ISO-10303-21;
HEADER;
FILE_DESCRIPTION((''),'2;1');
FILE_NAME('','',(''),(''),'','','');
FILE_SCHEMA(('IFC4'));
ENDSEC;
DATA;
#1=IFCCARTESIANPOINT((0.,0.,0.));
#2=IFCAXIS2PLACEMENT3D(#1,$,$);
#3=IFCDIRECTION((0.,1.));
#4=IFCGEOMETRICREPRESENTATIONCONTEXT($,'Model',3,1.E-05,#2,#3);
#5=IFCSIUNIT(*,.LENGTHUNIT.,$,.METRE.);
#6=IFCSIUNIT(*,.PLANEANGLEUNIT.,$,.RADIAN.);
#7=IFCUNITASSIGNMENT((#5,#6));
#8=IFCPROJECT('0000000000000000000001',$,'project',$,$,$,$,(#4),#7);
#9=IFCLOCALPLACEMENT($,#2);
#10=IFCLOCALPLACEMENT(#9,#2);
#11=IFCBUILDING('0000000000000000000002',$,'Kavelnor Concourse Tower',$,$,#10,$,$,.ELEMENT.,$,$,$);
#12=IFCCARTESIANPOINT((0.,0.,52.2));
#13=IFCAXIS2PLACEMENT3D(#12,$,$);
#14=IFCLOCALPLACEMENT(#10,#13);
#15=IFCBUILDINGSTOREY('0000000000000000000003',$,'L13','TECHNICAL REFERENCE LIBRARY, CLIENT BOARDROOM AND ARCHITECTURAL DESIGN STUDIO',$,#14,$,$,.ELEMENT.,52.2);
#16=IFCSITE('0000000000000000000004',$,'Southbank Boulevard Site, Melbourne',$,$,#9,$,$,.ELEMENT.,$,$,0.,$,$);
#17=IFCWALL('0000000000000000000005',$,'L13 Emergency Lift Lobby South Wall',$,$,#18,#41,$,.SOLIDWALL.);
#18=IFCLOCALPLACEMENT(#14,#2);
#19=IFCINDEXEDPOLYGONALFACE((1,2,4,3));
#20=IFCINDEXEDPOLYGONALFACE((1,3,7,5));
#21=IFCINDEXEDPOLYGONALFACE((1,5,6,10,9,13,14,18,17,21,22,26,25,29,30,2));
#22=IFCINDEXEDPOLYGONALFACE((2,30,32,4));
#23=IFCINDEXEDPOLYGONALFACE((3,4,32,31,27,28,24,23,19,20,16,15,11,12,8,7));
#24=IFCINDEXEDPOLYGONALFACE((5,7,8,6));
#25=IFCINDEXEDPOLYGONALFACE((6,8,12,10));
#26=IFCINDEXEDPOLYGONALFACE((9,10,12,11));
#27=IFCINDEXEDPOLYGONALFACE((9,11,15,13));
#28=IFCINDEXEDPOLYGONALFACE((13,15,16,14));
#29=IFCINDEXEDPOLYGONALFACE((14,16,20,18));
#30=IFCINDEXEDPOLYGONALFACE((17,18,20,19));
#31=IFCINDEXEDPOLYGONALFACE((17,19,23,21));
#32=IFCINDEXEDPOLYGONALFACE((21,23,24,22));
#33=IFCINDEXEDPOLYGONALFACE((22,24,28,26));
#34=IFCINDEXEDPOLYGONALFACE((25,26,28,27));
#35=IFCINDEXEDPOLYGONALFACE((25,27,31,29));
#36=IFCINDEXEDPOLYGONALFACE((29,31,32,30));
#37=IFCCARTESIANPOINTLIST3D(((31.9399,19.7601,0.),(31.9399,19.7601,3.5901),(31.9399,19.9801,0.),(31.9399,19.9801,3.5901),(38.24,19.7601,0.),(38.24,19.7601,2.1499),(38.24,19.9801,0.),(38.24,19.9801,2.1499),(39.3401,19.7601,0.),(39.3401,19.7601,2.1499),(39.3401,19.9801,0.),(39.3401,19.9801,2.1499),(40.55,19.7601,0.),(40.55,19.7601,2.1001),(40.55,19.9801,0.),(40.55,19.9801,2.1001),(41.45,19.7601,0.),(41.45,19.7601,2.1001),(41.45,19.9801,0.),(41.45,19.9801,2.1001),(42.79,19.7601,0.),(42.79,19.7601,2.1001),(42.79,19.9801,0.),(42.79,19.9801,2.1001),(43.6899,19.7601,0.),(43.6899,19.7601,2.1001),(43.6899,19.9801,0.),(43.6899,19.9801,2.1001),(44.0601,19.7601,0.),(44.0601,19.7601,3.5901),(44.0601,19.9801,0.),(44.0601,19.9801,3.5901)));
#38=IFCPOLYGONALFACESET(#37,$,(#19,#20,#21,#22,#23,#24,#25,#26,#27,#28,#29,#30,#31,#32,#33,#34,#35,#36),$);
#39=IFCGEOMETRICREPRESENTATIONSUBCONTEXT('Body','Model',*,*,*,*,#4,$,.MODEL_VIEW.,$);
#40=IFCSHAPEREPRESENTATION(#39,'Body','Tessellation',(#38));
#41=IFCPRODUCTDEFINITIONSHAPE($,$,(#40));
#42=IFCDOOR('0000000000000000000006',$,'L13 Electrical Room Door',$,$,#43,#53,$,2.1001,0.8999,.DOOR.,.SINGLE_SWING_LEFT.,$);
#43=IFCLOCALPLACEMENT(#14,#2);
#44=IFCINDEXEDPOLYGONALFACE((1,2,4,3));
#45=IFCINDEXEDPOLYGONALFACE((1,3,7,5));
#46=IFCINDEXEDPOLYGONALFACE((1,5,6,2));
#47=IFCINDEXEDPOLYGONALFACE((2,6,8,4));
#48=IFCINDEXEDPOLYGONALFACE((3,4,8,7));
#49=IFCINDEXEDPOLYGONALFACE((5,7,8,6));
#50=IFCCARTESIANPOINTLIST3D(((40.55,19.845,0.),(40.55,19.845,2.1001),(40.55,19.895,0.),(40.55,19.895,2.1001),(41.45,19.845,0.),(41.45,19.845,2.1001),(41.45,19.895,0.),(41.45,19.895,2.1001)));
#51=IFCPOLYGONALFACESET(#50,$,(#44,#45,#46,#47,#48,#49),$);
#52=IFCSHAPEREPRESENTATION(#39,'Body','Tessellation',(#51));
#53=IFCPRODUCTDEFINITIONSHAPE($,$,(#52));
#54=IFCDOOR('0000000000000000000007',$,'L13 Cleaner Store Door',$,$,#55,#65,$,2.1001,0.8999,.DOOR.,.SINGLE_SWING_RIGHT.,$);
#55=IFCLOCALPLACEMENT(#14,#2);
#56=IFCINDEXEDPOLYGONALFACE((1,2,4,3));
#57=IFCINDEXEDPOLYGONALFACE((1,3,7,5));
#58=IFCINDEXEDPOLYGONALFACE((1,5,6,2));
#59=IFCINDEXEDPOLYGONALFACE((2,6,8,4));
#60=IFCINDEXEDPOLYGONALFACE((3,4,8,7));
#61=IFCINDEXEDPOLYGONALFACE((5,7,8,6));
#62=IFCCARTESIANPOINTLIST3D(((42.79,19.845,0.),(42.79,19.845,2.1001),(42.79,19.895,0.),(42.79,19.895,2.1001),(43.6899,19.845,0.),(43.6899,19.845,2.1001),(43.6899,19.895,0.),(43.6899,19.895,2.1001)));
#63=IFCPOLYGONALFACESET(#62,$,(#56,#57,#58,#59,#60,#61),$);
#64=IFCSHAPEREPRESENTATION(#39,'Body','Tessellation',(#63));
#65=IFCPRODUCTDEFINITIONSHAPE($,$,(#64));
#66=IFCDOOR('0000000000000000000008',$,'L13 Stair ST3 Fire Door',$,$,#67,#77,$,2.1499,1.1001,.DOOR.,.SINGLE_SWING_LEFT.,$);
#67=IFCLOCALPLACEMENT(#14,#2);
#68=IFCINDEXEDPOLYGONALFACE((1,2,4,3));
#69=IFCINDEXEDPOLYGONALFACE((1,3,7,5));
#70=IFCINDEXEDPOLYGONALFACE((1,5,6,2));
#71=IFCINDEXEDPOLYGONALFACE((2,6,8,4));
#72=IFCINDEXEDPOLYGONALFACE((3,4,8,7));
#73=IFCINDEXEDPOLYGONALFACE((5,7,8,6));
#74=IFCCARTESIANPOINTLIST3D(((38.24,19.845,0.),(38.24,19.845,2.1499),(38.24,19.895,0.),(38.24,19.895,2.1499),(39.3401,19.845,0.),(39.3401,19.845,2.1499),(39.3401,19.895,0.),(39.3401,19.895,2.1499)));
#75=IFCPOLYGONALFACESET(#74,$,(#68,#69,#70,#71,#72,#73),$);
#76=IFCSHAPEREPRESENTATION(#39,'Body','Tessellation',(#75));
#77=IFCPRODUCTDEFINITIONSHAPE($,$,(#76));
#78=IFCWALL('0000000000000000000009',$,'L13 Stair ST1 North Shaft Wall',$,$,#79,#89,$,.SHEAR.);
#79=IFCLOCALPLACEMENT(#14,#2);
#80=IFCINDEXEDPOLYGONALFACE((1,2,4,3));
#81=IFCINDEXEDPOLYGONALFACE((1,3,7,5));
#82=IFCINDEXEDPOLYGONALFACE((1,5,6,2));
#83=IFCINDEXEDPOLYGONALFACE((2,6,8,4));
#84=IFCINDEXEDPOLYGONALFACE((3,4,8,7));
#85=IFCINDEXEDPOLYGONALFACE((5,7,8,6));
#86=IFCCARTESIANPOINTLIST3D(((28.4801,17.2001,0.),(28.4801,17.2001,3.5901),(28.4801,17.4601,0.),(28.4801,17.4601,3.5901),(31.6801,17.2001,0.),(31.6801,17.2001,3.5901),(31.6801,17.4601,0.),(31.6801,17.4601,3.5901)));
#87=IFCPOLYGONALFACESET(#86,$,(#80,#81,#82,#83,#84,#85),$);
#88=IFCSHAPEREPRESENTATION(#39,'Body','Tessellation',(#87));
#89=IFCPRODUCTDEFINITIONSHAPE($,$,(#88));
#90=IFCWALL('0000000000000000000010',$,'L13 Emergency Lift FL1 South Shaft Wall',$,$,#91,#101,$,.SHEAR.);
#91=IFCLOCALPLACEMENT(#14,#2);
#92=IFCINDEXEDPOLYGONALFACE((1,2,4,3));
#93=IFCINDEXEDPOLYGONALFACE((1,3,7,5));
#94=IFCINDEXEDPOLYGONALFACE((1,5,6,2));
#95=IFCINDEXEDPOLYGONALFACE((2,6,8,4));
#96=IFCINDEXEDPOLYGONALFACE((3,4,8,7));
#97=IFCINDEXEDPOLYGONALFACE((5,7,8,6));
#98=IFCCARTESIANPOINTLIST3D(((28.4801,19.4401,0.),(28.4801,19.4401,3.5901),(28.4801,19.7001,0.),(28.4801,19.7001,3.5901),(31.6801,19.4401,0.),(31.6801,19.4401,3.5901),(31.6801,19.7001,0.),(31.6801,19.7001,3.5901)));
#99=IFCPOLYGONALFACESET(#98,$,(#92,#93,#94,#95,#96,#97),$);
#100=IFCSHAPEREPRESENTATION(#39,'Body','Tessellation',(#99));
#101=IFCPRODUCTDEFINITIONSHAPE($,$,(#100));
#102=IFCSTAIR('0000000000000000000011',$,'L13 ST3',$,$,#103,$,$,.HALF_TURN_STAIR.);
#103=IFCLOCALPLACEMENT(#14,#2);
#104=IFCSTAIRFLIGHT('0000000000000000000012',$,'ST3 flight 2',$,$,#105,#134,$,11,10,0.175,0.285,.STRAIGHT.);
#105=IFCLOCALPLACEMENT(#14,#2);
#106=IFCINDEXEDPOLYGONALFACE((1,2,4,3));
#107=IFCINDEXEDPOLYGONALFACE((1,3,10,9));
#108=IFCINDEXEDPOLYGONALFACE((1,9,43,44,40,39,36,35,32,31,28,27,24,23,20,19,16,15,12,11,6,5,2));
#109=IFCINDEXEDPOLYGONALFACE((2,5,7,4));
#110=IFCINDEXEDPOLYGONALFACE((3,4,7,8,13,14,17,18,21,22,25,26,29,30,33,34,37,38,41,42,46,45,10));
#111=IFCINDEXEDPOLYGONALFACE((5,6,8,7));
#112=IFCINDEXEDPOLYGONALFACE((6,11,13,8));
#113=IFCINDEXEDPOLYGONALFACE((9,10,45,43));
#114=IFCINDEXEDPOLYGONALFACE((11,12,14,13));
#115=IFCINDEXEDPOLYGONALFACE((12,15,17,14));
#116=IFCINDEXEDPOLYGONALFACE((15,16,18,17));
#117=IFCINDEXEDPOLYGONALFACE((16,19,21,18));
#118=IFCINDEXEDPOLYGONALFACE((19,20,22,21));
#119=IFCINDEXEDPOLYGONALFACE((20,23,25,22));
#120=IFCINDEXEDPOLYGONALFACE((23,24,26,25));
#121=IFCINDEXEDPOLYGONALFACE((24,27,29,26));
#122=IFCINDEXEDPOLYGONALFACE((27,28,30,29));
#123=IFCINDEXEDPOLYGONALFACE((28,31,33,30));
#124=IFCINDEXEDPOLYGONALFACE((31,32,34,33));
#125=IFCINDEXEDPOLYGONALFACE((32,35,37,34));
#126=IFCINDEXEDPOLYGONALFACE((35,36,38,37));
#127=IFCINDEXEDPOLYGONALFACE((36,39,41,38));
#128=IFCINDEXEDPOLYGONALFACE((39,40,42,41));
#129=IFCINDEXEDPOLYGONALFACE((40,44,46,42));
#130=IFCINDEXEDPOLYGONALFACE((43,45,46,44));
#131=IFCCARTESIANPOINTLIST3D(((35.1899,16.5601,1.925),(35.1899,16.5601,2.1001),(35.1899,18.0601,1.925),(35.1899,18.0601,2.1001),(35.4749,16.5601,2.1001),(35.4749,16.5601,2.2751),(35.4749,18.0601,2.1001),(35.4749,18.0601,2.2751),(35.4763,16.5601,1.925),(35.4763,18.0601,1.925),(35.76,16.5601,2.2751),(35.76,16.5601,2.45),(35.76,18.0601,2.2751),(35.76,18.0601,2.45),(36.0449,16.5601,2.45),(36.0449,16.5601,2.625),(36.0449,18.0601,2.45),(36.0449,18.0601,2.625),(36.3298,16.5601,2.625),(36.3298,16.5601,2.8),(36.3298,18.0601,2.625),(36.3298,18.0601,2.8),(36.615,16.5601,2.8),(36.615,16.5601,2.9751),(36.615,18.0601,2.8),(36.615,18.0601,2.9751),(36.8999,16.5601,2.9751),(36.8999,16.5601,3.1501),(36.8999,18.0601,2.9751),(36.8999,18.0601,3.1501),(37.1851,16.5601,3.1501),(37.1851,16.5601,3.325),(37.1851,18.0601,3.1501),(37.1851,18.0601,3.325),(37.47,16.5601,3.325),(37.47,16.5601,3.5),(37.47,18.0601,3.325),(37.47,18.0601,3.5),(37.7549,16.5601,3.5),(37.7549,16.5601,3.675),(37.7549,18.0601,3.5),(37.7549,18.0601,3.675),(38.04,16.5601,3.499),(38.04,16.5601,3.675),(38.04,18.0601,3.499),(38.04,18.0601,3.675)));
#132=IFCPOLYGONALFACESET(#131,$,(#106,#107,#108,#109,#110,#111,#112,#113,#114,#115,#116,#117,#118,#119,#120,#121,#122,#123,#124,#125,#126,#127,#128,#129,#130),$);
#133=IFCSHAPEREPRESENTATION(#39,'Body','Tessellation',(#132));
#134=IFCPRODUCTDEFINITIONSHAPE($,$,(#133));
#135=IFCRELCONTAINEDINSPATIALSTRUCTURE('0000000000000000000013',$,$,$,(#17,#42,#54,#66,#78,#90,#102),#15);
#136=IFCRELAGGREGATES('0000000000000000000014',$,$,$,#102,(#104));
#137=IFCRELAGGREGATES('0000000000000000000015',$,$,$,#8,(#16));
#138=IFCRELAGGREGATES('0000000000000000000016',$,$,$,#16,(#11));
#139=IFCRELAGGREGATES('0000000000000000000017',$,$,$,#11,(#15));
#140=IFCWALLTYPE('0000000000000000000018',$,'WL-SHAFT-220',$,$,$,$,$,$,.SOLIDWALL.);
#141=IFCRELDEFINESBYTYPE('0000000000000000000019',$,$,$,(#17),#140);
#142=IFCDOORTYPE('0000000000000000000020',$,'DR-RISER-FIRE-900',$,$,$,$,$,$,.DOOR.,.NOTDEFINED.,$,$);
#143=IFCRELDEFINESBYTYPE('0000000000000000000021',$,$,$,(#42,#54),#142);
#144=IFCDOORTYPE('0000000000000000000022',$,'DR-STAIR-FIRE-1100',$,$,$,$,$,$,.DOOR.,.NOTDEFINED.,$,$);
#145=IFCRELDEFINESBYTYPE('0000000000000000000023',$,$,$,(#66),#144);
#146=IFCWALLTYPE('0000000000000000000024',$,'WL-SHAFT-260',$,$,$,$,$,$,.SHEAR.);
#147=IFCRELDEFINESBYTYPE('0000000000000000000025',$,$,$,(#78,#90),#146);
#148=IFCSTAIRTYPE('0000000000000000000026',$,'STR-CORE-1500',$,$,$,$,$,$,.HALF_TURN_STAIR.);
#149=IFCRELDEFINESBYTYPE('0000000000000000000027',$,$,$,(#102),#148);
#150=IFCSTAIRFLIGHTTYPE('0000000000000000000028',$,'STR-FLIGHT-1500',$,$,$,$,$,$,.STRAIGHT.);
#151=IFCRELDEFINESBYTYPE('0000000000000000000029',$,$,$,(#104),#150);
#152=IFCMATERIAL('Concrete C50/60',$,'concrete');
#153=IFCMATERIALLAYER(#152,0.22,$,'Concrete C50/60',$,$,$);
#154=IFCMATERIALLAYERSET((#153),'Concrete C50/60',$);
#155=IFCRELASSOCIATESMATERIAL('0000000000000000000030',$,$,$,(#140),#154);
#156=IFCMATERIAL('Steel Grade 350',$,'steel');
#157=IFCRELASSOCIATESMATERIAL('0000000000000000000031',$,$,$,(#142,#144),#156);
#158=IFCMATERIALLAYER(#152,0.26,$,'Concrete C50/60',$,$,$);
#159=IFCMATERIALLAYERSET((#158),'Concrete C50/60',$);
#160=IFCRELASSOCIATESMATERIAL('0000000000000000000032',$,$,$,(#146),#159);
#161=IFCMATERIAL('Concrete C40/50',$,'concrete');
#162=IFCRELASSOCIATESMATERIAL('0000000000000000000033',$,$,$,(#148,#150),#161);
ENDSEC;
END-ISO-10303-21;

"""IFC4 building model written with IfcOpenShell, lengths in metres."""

from ifc_helpers import new_model, si_unit, direction, frame, frame_2d, origin, place, context, subcontext, project, spatial, polyline, rectangle, outline, extrude, material, layer, layer_set, type_object, element, fill, aggregate, save


model = new_model("IFC4")

# Units and contexts
model_context = context("Model", 3, precision=1e-05, world=origin(), true_north=direction((0.0, 1.0)))
body_context = subcontext(model_context, "Body", "Model", "MODEL_VIEW")
ifc_project = project(units=[si_unit("LENGTHUNIT", "METRE"), si_unit("PLANEANGLEUNIT", "RADIAN")], contexts=[model_context])

# Site, building, storey
site_placement = place(None, origin())
site = spatial("IfcSite", under=ifc_project, at=site_placement, Name="Southbank Boulevard Site, Melbourne", CompositionType="ELEMENT", RefElevation=0.0)
building_placement = place(site_placement, origin())
building = spatial("IfcBuilding", under=site, at=building_placement, Name="Kavelnor Concourse Tower", CompositionType="ELEMENT")
storey_placement = place(building_placement, frame((0.0, 0.0, 52.2)))
storey = spatial("IfcBuildingStorey", under=building, at=storey_placement, Name="L13", Description="TECHNICAL REFERENCE LIBRARY, CLIENT BOARDROOM AND ARCHITECTURAL DESIGN STUDIO", CompositionType="ELEMENT", Elevation=52.2)

# Shared definitions
ifc_material_1 = material(Name="Steel Grade 350", Category="steel")

# Wall, openings, doors
ifc_material_2 = material(Name="Concrete C50/60", Category="concrete")
ifc_layer_1 = layer(ifc_material_2, 0.22, Name="Concrete C50/60")
ifc_layer_set_1 = layer_set([ifc_layer_1], Name="Concrete C50/60")
wall_type_1 = type_object("IfcWallType", Name="WL-SHAFT-220", PredefinedType="SOLIDWALL", material=ifc_layer_set_1)
wall_1_placement = place(storey_placement, frame((31.9399, 19.8701, 0.0), z_axis=(0.0, 0.0, 1.0), x_axis=(1.0, 0.0, 0.0)))
wall_1 = element("IfcWall", 1, at=wall_1_placement, inside=storey, type_object=wall_type_1, Name="L13 Emergency Lift Lobby South Wall", PredefinedType="SOLIDWALL", context=body_context, shape_type="SweptSolid", body=[
    extrude(rectangle(XDim=12.1201, YDim=0.22, at=frame_2d((6.0601, 0.0))), origin(), (0.0, 0.0, 1.0), 3.5901),
])
opening_1_placement = place(wall_1_placement, frame((6.3, 0.0, 0.0)))
opening_1 = element("IfcOpeningElement", 2, at=opening_1_placement, cuts=wall_1, PredefinedType="OPENING", context=body_context, shape_type="SweptSolid", body=[
    extrude(rectangle(XDim=1.1001, YDim=2.1499, at=frame_2d((0.55, 1.075))), frame((0.0, 0.1201, 0.0), z_axis=(0.0, -1.0, 0.0), x_axis=(1.0, 0.0, 0.0)), (0.0, 0.0, 1.0), 0.24),
])
opening_2_placement = place(wall_1_placement, frame((8.6101, 0.0, 0.0)))
opening_2 = element("IfcOpeningElement", 3, at=opening_2_placement, cuts=wall_1, PredefinedType="OPENING", context=body_context, shape_type="SweptSolid", body=[
    extrude(rectangle(XDim=0.8999, YDim=2.1001, at=frame_2d((0.45, 1.05))), frame((0.0, 0.1201, 0.0), z_axis=(0.0, -1.0, 0.0), x_axis=(1.0, 0.0, 0.0)), (0.0, 0.0, 1.0), 0.24),
])
opening_3_placement = place(wall_1_placement, frame((10.8501, 0.0, 0.0)))
opening_3 = element("IfcOpeningElement", 4, at=opening_3_placement, cuts=wall_1, PredefinedType="OPENING", context=body_context, shape_type="SweptSolid", body=[
    extrude(rectangle(XDim=0.8999, YDim=2.1001, at=frame_2d((0.45, 1.05))), frame((0.0, 0.1201, 0.0), z_axis=(0.0, -1.0, 0.0), x_axis=(1.0, 0.0, 0.0)), (0.0, 0.0, 1.0), 0.24),
])
door_type_1 = type_object("IfcDoorType", Name="DR-RISER-FIRE-900", OperationType="NOTDEFINED", PredefinedType="DOOR", material=ifc_material_1)
door_1_placement = place(opening_2_placement, origin())
door_1 = element("IfcDoor", 5, at=door_1_placement, inside=storey, type_object=door_type_1, Name="L13 Electrical Room Door", OperationType="SINGLE_SWING_LEFT", OverallHeight=2.1001, OverallWidth=0.8999, PredefinedType="DOOR", context=body_context, shape_type="SweptSolid", body=[
    extrude(rectangle(XDim=0.8999, YDim=2.1001, at=frame_2d((0.45, 1.05))), frame((0.0, 0.0249, 0.0), z_axis=(0.0, -1.0, 0.0), x_axis=(1.0, 0.0, 0.0)), (0.0, 0.0, 1.0), 0.05),
])
fill(opening_2, door_1)
door_2_placement = place(opening_3_placement, origin())
door_2 = element("IfcDoor", 6, at=door_2_placement, inside=storey, type_object=door_type_1, Name="L13 Cleaner Store Door", OperationType="SINGLE_SWING_RIGHT", OverallHeight=2.1001, OverallWidth=0.8999, PredefinedType="DOOR", context=body_context, shape_type="SweptSolid", body=[
    extrude(rectangle(XDim=0.8999, YDim=2.1001, at=frame_2d((0.45, 1.05))), frame((0.0, 0.0249, 0.0), z_axis=(0.0, -1.0, 0.0), x_axis=(1.0, 0.0, 0.0)), (0.0, 0.0, 1.0), 0.05),
])
fill(opening_3, door_2)
door_type_2 = type_object("IfcDoorType", Name="DR-STAIR-FIRE-1100", OperationType="NOTDEFINED", PredefinedType="DOOR", material=ifc_material_1)
door_3_placement = place(opening_1_placement, origin())
door_3 = element("IfcDoor", 7, at=door_3_placement, inside=storey, type_object=door_type_2, Name="L13 Stair ST3 Fire Door", OperationType="SINGLE_SWING_LEFT", OverallHeight=2.1499, OverallWidth=1.1001, PredefinedType="DOOR", context=body_context, shape_type="SweptSolid", body=[
    extrude(rectangle(XDim=1.1001, YDim=2.1499, at=frame_2d((0.55, 1.075))), frame((0.0, 0.0249, 0.0), z_axis=(0.0, -1.0, 0.0), x_axis=(1.0, 0.0, 0.0)), (0.0, 0.0, 1.0), 0.05),
])
fill(opening_1, door_3)

# Walls
ifc_layer_2 = layer(ifc_material_2, 0.26, Name="Concrete C50/60")
ifc_layer_set_2 = layer_set([ifc_layer_2], Name="Concrete C50/60")
wall_type_2 = type_object("IfcWallType", Name="WL-SHAFT-260", PredefinedType="SHEAR", material=ifc_layer_set_2)
for number, where, z_axis, x_axis, name in (
    (8, (28.48, 17.3301, 0.0), (0.0, 0.0, 1.0), (1.0, 0.0, 0.0), "L13 Stair ST1 North Shaft Wall"),
    (9, (28.48, 19.5701, 0.0), (0.0, 0.0, 1.0), (1.0, 0.0, 0.0), "L13 Emergency Lift FL1 South Shaft Wall"),
):
    element("IfcWall", number, at=place(storey_placement, frame(where, z_axis=z_axis, x_axis=x_axis)), inside=storey, type_object=wall_type_2, Name=name, PredefinedType="SHEAR", context=body_context, shape_type="SweptSolid", body=[
        extrude(rectangle(XDim=3.2, YDim=0.26, at=frame_2d((1.6001, 0.0))), origin(), (0.0, 0.0, 1.0), 3.5901),
    ])

# Stair, stair flight
ifc_material_3 = material(Name="Concrete C40/50", Category="concrete")
stair_type = type_object("IfcStairType", Name="STR-CORE-1500", PredefinedType="HALF_TURN_STAIR", material=ifc_material_3)
stair_placement = place(storey_placement, origin())
stair = element("IfcStair", 10, at=stair_placement, inside=storey, type_object=stair_type, Name="L13 ST3", PredefinedType="HALF_TURN_STAIR")
stair_flight_type = type_object("IfcStairFlightType", Name="STR-FLIGHT-1500", PredefinedType="STRAIGHT", material=ifc_material_3)
stair_flight_placement = place(storey_placement, frame((35.1899, 17.3101, 1.925), z_axis=(0.0, 0.0, 1.0), x_axis=(1.0, 0.0, 0.0)))
stair_flight = element("IfcStairFlight", 11, at=stair_flight_placement, type_object=stair_flight_type, Name="ST3 flight 2", NumberOfRisers=11, NumberOfTreads=10, PredefinedType="STRAIGHT", RiserHeight=0.175, TreadLength=0.285, context=body_context, shape_type="SweptSolid", body=[
    extrude(outline(polyline([(0.0, 0.0), (0.0, 0.175), (0.2849, 0.175), (0.2849, 0.3501), (0.5701, 0.3501), (0.5701, 0.5249), (0.855, 0.5249), (0.855, 0.7), (1.1399, 0.7), (1.1399, 0.875), (1.425, 0.875), (1.425, 1.05), (1.71, 1.05), (1.71, 1.2251), (1.9951, 1.2251), (1.9951, 1.3999), (2.28, 1.3999), (2.28, 1.575), (2.5649, 1.575), (2.5649, 1.75), (2.8501, 1.75), (2.8501, 1.925), (2.8501, 1.574), (0.2864, 0.0), (0.0, 0.0)])), frame((0.0, 0.75, 0.0), z_axis=(0.0, -1.0, 0.0), x_axis=(1.0, 0.0, 0.0)), (0.0, 0.0, 1.0), 1.5),
])
aggregate(stair, [stair_flight])

save(model, "model.ifc")
